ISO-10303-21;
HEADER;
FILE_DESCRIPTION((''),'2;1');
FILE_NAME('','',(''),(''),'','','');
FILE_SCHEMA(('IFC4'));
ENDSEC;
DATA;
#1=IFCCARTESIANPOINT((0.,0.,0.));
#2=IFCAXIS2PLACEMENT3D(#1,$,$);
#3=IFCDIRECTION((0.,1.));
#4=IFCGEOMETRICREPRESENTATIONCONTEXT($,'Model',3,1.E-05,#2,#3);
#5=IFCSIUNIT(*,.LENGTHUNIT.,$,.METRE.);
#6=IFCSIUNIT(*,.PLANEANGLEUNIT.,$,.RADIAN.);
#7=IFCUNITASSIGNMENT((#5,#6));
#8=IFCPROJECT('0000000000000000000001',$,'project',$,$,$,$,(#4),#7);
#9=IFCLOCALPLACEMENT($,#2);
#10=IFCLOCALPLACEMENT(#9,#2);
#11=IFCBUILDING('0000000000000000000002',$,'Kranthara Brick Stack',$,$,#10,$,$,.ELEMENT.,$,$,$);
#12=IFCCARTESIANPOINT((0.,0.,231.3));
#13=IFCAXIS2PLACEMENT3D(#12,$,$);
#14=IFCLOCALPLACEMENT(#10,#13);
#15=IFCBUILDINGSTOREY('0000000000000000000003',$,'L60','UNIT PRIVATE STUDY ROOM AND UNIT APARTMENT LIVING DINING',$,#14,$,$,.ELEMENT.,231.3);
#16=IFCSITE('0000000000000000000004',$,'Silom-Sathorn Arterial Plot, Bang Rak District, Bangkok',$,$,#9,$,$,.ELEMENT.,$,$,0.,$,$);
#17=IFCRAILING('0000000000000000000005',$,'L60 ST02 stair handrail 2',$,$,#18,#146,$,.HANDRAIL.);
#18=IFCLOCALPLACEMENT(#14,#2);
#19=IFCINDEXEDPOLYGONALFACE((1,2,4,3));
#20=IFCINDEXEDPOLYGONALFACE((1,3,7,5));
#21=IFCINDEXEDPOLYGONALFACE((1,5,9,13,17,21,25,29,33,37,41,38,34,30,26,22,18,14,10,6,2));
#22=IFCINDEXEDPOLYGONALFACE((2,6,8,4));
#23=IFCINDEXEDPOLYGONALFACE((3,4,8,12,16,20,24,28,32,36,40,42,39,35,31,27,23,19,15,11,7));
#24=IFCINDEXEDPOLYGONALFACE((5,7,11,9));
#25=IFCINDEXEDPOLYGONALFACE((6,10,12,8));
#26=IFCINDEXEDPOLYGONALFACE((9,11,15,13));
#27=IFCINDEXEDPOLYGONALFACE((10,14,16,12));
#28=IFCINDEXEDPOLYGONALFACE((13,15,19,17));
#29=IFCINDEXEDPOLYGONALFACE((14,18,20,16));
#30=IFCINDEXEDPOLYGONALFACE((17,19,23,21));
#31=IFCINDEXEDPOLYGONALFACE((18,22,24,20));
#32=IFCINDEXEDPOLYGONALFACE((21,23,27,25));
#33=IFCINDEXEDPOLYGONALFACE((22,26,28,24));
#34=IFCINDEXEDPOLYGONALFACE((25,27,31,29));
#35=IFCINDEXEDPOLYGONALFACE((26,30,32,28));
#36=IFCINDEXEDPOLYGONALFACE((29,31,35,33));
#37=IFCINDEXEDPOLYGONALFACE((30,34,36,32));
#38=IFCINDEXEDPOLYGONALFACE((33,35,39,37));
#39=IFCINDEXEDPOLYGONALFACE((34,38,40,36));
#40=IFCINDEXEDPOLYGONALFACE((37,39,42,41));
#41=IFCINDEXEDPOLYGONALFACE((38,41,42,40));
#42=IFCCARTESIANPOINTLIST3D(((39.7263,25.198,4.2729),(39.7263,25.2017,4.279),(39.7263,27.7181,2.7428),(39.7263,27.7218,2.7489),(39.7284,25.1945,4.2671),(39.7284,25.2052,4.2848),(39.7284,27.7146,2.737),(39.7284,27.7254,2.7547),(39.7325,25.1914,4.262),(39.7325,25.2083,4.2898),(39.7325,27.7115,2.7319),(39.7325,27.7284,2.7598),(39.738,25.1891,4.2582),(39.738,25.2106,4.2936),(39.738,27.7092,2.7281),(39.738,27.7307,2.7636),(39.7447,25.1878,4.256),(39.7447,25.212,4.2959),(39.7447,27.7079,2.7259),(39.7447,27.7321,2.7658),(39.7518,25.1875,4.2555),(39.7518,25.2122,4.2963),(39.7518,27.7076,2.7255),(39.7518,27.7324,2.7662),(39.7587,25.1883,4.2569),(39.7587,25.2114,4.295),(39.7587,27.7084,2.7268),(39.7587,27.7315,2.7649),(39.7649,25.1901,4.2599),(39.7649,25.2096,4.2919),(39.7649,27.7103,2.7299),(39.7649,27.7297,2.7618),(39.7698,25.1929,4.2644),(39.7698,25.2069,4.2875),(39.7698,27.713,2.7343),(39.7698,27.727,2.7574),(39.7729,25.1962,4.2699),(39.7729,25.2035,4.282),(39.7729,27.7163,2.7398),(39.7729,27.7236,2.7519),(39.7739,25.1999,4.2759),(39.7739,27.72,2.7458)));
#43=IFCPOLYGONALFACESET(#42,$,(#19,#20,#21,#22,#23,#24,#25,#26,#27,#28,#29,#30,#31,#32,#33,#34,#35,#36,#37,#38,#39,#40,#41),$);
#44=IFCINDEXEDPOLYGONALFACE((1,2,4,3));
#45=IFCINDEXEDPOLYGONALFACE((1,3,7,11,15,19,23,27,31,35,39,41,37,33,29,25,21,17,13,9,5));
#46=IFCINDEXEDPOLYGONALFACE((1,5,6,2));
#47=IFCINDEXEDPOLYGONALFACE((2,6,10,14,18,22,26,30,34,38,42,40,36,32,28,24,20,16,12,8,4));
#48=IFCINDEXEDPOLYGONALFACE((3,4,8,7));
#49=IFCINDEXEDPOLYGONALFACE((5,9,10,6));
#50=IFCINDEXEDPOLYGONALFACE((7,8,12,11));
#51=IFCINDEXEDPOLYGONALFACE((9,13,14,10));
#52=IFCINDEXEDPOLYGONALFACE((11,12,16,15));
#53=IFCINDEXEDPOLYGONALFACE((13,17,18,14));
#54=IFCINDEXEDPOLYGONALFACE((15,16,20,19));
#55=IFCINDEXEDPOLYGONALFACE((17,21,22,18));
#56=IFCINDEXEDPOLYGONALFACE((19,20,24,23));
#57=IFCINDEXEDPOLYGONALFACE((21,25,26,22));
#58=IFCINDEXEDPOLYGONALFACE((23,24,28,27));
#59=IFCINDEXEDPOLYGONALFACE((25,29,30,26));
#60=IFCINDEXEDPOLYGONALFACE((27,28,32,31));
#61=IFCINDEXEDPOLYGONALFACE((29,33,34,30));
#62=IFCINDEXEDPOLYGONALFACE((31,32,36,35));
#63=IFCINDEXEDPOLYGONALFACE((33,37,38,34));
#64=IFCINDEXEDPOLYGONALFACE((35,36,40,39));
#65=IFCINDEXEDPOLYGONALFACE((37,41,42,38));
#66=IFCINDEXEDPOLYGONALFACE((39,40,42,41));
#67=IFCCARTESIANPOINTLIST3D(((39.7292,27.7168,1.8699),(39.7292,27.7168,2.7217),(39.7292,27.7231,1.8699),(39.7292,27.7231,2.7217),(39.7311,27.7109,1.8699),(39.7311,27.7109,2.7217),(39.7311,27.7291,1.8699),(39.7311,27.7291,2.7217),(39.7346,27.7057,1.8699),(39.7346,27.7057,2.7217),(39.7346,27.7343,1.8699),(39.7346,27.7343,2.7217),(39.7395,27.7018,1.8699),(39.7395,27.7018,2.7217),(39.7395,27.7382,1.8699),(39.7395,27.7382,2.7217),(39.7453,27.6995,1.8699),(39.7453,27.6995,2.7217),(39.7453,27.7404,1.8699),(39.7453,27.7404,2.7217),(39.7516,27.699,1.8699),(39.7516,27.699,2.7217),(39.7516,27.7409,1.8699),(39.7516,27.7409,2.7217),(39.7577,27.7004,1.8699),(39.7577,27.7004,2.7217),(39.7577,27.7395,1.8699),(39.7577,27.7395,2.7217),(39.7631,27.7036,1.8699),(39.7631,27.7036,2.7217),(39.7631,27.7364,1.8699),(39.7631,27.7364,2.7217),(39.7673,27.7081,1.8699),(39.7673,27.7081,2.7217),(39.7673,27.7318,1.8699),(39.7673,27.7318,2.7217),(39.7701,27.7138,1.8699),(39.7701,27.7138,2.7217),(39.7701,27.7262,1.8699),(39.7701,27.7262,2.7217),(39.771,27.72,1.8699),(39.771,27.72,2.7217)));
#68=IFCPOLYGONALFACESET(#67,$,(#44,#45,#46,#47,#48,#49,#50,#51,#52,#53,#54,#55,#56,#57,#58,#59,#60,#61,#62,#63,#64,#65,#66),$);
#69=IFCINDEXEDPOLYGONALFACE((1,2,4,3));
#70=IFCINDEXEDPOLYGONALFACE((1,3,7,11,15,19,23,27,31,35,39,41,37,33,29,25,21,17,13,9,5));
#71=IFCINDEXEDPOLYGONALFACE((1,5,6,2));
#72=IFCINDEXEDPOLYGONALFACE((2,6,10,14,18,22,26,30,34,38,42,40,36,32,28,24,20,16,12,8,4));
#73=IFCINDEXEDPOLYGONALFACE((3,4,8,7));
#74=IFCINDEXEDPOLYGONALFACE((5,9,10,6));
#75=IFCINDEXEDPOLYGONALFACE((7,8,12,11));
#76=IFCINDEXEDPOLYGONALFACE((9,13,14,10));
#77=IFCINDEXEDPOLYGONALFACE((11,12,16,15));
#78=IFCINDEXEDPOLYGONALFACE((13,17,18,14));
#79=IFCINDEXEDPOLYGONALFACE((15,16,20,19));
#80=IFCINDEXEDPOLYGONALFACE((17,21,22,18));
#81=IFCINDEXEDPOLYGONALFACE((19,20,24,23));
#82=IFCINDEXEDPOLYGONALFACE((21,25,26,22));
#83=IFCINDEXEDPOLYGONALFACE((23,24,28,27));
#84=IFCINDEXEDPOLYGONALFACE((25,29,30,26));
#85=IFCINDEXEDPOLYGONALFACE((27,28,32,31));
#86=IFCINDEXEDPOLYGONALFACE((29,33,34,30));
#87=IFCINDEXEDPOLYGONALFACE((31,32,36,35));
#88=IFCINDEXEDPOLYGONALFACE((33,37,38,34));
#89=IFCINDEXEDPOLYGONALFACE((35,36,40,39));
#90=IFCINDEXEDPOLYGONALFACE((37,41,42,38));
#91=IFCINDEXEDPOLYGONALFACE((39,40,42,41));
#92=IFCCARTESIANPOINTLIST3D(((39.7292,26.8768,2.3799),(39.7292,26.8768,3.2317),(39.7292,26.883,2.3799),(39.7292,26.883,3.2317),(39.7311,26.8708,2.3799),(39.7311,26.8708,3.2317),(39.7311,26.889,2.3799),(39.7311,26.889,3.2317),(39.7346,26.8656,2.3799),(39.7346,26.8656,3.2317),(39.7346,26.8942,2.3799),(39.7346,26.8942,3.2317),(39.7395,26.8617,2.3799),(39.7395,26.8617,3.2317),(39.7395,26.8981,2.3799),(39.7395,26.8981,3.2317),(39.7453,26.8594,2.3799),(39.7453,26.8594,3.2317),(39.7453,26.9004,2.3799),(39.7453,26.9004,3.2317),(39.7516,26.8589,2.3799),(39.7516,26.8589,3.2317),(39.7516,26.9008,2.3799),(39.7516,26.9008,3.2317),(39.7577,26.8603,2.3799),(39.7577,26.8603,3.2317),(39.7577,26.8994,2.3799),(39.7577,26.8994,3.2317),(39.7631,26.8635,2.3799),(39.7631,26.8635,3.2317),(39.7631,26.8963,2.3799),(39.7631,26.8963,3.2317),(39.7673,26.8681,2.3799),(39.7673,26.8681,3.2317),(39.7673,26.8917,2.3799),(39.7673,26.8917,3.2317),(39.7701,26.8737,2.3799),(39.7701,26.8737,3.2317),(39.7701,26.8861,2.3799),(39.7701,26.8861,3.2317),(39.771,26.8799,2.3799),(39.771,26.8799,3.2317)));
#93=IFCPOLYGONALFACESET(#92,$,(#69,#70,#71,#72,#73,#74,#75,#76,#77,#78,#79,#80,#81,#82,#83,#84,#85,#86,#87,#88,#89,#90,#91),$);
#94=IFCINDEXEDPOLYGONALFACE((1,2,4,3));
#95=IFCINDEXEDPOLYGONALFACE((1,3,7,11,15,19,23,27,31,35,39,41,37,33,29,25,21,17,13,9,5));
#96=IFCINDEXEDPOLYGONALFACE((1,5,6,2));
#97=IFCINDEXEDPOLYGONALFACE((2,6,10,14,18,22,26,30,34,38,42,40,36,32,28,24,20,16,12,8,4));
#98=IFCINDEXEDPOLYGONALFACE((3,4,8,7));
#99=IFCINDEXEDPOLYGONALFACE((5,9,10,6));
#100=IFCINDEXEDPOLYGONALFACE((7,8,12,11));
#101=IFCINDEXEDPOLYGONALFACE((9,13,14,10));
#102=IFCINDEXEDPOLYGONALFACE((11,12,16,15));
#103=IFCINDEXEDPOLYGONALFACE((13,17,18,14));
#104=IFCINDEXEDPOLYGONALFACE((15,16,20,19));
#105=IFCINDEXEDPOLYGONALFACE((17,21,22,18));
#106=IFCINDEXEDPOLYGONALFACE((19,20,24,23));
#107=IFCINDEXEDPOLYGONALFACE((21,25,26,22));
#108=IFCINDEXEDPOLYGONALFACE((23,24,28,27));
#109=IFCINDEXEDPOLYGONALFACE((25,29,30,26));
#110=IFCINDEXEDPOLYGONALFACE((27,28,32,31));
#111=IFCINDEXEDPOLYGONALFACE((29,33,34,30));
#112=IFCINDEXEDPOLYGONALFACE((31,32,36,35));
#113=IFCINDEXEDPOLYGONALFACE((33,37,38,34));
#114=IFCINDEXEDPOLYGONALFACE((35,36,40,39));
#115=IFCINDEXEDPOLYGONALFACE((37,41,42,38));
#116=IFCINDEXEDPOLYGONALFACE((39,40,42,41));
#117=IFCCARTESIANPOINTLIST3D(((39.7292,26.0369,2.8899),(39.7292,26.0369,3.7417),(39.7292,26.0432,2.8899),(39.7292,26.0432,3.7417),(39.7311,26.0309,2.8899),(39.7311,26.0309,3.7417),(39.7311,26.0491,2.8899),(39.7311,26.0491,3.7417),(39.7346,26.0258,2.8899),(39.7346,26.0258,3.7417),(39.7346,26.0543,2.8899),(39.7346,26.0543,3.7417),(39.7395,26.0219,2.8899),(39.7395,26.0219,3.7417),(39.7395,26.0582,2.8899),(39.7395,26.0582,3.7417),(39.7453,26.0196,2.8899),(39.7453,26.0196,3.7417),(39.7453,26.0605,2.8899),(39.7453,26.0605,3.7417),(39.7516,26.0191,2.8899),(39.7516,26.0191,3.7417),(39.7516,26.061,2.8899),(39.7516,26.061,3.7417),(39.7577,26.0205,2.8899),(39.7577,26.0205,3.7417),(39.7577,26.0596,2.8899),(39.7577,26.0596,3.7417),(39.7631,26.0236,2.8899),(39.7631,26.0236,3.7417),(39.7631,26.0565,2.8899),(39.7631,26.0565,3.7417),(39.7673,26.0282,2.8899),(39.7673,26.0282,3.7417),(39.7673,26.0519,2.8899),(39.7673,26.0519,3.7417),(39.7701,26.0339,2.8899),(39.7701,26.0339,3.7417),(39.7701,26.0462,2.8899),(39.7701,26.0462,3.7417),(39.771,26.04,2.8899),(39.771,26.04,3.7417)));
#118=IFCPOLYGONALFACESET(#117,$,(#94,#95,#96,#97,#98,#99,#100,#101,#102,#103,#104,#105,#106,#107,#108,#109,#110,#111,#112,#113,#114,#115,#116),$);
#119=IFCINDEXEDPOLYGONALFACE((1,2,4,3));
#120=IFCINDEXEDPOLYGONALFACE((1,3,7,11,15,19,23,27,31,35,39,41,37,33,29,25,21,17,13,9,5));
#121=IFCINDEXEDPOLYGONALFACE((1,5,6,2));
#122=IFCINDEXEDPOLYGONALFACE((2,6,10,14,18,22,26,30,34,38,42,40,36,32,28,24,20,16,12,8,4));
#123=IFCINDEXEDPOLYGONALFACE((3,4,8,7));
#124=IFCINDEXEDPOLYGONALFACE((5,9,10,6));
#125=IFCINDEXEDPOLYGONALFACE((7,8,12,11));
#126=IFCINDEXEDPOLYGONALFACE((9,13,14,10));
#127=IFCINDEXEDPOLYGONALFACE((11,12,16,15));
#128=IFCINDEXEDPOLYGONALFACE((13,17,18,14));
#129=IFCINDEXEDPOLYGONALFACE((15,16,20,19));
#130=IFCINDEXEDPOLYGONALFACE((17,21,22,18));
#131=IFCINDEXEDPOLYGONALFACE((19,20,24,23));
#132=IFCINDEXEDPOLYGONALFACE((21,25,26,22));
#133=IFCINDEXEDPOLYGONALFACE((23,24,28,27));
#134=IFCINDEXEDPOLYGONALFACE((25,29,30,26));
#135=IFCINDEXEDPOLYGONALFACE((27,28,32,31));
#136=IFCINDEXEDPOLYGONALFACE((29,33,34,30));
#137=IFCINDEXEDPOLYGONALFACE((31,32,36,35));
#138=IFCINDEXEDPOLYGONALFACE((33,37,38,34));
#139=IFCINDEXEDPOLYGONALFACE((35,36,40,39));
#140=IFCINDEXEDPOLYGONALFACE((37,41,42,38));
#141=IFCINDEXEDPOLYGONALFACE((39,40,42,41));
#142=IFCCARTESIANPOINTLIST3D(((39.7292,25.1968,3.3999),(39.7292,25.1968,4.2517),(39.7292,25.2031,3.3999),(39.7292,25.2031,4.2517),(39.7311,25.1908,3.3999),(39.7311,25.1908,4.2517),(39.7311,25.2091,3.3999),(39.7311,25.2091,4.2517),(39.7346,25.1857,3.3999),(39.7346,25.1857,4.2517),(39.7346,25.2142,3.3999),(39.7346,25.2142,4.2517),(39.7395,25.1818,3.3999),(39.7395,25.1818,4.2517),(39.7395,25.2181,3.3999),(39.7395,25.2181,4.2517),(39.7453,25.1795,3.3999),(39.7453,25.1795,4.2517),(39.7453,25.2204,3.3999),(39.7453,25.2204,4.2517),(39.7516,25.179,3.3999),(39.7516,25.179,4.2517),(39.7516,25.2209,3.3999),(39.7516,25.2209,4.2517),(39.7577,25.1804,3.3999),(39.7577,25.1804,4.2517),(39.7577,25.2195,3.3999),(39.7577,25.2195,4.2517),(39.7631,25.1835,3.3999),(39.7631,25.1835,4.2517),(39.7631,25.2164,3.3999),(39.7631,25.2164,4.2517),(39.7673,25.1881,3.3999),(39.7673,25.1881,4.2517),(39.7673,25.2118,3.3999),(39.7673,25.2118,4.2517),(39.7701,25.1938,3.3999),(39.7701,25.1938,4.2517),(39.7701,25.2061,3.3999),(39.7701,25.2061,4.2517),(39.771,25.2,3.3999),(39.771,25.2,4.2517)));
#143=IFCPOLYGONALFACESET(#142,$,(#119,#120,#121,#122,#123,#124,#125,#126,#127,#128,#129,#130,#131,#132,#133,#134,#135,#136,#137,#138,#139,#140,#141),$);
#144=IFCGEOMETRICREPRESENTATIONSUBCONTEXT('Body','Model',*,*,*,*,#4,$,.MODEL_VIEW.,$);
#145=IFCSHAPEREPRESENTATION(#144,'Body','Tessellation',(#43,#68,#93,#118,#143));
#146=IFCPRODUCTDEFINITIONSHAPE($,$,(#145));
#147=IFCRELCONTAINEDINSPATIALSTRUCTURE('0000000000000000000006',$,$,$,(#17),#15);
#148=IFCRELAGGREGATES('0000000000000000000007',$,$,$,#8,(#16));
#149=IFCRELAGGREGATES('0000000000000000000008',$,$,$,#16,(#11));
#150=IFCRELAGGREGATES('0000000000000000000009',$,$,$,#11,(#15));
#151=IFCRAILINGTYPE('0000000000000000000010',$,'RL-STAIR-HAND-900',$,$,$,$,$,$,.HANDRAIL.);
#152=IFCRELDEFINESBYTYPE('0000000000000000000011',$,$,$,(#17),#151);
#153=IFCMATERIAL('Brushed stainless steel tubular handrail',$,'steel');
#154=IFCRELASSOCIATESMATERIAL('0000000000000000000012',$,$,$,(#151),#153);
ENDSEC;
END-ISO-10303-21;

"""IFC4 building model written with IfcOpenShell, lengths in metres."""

from ifc_helpers import new_model, si_unit, direction, frame, origin, origin_2d, place, context, subcontext, project, spatial, circle, extrude, material, type_object, element, save


model = new_model("IFC4")

# Units and contexts
model_context = context("Model", 3, precision=1e-05, world=origin(), true_north=direction((0.0, 1.0)))
body_context = subcontext(model_context, "Body", "Model", "MODEL_VIEW")
ifc_project = project(units=[si_unit("LENGTHUNIT", "METRE"), si_unit("PLANEANGLEUNIT", "RADIAN")], contexts=[model_context])

# Site, building, storey
site_placement = place(None, origin())
site = spatial("IfcSite", under=ifc_project, at=site_placement, Name="Silom-Sathorn Arterial Plot, Bang Rak District, Bangkok", CompositionType="ELEMENT", RefElevation=0.0)
building_placement = place(site_placement, origin())
building = spatial("IfcBuilding", under=site, at=building_placement, Name="Kranthara Brick Stack", CompositionType="ELEMENT")
storey_placement = place(building_placement, frame((0.0, 0.0, 231.3)))
storey = spatial("IfcBuildingStorey", under=building, at=storey_placement, Name="L60", Description="UNIT PRIVATE STUDY ROOM AND UNIT APARTMENT LIVING DINING", CompositionType="ELEMENT", Elevation=231.3)

# Railing
ifc_material_1 = material(Name="Brushed stainless steel tubular handrail", Category="steel")
railing_type_1 = type_object("IfcRailingType", Name="RL-STAIR-HAND-900", PredefinedType="HANDRAIL", material=ifc_material_1)
railing_1_placement = place(storey_placement, frame((39.75, 27.72, 1.8699)))
element("IfcRailing", 1, at=railing_1_placement, inside=storey, type_object=railing_type_1, Name="L60 ST02 stair handrail 2", PredefinedType="HANDRAIL", context=body_context, shape_type="SweptSolid", body=[
    extrude(circle(Radius=0.0239, at=origin_2d()), frame((0.0, 0.0, 0.876), z_axis=(0.0, -0.854785, 0.518982), x_axis=(1.0, 0.0, 0.0)), (0.0, 0.0, 1.0), 2.9482),
    extrude(circle(Radius=0.021, at=origin_2d()), origin(), (0.0, 0.0, 1.0), 0.8518),
    extrude(circle(Radius=0.021, at=origin_2d()), frame((0.0, -0.8401, 0.51)), (0.0, 0.0, 1.0), 0.8518),
    extrude(circle(Radius=0.021, at=origin_2d()), frame((0.0, -1.6799, 1.02)), (0.0, 0.0, 1.0), 0.8518),
    extrude(circle(Radius=0.021, at=origin_2d()), frame((0.0, -2.52, 1.53)), (0.0, 0.0, 1.0), 0.8518),
])

save(model, "model.ifc")
